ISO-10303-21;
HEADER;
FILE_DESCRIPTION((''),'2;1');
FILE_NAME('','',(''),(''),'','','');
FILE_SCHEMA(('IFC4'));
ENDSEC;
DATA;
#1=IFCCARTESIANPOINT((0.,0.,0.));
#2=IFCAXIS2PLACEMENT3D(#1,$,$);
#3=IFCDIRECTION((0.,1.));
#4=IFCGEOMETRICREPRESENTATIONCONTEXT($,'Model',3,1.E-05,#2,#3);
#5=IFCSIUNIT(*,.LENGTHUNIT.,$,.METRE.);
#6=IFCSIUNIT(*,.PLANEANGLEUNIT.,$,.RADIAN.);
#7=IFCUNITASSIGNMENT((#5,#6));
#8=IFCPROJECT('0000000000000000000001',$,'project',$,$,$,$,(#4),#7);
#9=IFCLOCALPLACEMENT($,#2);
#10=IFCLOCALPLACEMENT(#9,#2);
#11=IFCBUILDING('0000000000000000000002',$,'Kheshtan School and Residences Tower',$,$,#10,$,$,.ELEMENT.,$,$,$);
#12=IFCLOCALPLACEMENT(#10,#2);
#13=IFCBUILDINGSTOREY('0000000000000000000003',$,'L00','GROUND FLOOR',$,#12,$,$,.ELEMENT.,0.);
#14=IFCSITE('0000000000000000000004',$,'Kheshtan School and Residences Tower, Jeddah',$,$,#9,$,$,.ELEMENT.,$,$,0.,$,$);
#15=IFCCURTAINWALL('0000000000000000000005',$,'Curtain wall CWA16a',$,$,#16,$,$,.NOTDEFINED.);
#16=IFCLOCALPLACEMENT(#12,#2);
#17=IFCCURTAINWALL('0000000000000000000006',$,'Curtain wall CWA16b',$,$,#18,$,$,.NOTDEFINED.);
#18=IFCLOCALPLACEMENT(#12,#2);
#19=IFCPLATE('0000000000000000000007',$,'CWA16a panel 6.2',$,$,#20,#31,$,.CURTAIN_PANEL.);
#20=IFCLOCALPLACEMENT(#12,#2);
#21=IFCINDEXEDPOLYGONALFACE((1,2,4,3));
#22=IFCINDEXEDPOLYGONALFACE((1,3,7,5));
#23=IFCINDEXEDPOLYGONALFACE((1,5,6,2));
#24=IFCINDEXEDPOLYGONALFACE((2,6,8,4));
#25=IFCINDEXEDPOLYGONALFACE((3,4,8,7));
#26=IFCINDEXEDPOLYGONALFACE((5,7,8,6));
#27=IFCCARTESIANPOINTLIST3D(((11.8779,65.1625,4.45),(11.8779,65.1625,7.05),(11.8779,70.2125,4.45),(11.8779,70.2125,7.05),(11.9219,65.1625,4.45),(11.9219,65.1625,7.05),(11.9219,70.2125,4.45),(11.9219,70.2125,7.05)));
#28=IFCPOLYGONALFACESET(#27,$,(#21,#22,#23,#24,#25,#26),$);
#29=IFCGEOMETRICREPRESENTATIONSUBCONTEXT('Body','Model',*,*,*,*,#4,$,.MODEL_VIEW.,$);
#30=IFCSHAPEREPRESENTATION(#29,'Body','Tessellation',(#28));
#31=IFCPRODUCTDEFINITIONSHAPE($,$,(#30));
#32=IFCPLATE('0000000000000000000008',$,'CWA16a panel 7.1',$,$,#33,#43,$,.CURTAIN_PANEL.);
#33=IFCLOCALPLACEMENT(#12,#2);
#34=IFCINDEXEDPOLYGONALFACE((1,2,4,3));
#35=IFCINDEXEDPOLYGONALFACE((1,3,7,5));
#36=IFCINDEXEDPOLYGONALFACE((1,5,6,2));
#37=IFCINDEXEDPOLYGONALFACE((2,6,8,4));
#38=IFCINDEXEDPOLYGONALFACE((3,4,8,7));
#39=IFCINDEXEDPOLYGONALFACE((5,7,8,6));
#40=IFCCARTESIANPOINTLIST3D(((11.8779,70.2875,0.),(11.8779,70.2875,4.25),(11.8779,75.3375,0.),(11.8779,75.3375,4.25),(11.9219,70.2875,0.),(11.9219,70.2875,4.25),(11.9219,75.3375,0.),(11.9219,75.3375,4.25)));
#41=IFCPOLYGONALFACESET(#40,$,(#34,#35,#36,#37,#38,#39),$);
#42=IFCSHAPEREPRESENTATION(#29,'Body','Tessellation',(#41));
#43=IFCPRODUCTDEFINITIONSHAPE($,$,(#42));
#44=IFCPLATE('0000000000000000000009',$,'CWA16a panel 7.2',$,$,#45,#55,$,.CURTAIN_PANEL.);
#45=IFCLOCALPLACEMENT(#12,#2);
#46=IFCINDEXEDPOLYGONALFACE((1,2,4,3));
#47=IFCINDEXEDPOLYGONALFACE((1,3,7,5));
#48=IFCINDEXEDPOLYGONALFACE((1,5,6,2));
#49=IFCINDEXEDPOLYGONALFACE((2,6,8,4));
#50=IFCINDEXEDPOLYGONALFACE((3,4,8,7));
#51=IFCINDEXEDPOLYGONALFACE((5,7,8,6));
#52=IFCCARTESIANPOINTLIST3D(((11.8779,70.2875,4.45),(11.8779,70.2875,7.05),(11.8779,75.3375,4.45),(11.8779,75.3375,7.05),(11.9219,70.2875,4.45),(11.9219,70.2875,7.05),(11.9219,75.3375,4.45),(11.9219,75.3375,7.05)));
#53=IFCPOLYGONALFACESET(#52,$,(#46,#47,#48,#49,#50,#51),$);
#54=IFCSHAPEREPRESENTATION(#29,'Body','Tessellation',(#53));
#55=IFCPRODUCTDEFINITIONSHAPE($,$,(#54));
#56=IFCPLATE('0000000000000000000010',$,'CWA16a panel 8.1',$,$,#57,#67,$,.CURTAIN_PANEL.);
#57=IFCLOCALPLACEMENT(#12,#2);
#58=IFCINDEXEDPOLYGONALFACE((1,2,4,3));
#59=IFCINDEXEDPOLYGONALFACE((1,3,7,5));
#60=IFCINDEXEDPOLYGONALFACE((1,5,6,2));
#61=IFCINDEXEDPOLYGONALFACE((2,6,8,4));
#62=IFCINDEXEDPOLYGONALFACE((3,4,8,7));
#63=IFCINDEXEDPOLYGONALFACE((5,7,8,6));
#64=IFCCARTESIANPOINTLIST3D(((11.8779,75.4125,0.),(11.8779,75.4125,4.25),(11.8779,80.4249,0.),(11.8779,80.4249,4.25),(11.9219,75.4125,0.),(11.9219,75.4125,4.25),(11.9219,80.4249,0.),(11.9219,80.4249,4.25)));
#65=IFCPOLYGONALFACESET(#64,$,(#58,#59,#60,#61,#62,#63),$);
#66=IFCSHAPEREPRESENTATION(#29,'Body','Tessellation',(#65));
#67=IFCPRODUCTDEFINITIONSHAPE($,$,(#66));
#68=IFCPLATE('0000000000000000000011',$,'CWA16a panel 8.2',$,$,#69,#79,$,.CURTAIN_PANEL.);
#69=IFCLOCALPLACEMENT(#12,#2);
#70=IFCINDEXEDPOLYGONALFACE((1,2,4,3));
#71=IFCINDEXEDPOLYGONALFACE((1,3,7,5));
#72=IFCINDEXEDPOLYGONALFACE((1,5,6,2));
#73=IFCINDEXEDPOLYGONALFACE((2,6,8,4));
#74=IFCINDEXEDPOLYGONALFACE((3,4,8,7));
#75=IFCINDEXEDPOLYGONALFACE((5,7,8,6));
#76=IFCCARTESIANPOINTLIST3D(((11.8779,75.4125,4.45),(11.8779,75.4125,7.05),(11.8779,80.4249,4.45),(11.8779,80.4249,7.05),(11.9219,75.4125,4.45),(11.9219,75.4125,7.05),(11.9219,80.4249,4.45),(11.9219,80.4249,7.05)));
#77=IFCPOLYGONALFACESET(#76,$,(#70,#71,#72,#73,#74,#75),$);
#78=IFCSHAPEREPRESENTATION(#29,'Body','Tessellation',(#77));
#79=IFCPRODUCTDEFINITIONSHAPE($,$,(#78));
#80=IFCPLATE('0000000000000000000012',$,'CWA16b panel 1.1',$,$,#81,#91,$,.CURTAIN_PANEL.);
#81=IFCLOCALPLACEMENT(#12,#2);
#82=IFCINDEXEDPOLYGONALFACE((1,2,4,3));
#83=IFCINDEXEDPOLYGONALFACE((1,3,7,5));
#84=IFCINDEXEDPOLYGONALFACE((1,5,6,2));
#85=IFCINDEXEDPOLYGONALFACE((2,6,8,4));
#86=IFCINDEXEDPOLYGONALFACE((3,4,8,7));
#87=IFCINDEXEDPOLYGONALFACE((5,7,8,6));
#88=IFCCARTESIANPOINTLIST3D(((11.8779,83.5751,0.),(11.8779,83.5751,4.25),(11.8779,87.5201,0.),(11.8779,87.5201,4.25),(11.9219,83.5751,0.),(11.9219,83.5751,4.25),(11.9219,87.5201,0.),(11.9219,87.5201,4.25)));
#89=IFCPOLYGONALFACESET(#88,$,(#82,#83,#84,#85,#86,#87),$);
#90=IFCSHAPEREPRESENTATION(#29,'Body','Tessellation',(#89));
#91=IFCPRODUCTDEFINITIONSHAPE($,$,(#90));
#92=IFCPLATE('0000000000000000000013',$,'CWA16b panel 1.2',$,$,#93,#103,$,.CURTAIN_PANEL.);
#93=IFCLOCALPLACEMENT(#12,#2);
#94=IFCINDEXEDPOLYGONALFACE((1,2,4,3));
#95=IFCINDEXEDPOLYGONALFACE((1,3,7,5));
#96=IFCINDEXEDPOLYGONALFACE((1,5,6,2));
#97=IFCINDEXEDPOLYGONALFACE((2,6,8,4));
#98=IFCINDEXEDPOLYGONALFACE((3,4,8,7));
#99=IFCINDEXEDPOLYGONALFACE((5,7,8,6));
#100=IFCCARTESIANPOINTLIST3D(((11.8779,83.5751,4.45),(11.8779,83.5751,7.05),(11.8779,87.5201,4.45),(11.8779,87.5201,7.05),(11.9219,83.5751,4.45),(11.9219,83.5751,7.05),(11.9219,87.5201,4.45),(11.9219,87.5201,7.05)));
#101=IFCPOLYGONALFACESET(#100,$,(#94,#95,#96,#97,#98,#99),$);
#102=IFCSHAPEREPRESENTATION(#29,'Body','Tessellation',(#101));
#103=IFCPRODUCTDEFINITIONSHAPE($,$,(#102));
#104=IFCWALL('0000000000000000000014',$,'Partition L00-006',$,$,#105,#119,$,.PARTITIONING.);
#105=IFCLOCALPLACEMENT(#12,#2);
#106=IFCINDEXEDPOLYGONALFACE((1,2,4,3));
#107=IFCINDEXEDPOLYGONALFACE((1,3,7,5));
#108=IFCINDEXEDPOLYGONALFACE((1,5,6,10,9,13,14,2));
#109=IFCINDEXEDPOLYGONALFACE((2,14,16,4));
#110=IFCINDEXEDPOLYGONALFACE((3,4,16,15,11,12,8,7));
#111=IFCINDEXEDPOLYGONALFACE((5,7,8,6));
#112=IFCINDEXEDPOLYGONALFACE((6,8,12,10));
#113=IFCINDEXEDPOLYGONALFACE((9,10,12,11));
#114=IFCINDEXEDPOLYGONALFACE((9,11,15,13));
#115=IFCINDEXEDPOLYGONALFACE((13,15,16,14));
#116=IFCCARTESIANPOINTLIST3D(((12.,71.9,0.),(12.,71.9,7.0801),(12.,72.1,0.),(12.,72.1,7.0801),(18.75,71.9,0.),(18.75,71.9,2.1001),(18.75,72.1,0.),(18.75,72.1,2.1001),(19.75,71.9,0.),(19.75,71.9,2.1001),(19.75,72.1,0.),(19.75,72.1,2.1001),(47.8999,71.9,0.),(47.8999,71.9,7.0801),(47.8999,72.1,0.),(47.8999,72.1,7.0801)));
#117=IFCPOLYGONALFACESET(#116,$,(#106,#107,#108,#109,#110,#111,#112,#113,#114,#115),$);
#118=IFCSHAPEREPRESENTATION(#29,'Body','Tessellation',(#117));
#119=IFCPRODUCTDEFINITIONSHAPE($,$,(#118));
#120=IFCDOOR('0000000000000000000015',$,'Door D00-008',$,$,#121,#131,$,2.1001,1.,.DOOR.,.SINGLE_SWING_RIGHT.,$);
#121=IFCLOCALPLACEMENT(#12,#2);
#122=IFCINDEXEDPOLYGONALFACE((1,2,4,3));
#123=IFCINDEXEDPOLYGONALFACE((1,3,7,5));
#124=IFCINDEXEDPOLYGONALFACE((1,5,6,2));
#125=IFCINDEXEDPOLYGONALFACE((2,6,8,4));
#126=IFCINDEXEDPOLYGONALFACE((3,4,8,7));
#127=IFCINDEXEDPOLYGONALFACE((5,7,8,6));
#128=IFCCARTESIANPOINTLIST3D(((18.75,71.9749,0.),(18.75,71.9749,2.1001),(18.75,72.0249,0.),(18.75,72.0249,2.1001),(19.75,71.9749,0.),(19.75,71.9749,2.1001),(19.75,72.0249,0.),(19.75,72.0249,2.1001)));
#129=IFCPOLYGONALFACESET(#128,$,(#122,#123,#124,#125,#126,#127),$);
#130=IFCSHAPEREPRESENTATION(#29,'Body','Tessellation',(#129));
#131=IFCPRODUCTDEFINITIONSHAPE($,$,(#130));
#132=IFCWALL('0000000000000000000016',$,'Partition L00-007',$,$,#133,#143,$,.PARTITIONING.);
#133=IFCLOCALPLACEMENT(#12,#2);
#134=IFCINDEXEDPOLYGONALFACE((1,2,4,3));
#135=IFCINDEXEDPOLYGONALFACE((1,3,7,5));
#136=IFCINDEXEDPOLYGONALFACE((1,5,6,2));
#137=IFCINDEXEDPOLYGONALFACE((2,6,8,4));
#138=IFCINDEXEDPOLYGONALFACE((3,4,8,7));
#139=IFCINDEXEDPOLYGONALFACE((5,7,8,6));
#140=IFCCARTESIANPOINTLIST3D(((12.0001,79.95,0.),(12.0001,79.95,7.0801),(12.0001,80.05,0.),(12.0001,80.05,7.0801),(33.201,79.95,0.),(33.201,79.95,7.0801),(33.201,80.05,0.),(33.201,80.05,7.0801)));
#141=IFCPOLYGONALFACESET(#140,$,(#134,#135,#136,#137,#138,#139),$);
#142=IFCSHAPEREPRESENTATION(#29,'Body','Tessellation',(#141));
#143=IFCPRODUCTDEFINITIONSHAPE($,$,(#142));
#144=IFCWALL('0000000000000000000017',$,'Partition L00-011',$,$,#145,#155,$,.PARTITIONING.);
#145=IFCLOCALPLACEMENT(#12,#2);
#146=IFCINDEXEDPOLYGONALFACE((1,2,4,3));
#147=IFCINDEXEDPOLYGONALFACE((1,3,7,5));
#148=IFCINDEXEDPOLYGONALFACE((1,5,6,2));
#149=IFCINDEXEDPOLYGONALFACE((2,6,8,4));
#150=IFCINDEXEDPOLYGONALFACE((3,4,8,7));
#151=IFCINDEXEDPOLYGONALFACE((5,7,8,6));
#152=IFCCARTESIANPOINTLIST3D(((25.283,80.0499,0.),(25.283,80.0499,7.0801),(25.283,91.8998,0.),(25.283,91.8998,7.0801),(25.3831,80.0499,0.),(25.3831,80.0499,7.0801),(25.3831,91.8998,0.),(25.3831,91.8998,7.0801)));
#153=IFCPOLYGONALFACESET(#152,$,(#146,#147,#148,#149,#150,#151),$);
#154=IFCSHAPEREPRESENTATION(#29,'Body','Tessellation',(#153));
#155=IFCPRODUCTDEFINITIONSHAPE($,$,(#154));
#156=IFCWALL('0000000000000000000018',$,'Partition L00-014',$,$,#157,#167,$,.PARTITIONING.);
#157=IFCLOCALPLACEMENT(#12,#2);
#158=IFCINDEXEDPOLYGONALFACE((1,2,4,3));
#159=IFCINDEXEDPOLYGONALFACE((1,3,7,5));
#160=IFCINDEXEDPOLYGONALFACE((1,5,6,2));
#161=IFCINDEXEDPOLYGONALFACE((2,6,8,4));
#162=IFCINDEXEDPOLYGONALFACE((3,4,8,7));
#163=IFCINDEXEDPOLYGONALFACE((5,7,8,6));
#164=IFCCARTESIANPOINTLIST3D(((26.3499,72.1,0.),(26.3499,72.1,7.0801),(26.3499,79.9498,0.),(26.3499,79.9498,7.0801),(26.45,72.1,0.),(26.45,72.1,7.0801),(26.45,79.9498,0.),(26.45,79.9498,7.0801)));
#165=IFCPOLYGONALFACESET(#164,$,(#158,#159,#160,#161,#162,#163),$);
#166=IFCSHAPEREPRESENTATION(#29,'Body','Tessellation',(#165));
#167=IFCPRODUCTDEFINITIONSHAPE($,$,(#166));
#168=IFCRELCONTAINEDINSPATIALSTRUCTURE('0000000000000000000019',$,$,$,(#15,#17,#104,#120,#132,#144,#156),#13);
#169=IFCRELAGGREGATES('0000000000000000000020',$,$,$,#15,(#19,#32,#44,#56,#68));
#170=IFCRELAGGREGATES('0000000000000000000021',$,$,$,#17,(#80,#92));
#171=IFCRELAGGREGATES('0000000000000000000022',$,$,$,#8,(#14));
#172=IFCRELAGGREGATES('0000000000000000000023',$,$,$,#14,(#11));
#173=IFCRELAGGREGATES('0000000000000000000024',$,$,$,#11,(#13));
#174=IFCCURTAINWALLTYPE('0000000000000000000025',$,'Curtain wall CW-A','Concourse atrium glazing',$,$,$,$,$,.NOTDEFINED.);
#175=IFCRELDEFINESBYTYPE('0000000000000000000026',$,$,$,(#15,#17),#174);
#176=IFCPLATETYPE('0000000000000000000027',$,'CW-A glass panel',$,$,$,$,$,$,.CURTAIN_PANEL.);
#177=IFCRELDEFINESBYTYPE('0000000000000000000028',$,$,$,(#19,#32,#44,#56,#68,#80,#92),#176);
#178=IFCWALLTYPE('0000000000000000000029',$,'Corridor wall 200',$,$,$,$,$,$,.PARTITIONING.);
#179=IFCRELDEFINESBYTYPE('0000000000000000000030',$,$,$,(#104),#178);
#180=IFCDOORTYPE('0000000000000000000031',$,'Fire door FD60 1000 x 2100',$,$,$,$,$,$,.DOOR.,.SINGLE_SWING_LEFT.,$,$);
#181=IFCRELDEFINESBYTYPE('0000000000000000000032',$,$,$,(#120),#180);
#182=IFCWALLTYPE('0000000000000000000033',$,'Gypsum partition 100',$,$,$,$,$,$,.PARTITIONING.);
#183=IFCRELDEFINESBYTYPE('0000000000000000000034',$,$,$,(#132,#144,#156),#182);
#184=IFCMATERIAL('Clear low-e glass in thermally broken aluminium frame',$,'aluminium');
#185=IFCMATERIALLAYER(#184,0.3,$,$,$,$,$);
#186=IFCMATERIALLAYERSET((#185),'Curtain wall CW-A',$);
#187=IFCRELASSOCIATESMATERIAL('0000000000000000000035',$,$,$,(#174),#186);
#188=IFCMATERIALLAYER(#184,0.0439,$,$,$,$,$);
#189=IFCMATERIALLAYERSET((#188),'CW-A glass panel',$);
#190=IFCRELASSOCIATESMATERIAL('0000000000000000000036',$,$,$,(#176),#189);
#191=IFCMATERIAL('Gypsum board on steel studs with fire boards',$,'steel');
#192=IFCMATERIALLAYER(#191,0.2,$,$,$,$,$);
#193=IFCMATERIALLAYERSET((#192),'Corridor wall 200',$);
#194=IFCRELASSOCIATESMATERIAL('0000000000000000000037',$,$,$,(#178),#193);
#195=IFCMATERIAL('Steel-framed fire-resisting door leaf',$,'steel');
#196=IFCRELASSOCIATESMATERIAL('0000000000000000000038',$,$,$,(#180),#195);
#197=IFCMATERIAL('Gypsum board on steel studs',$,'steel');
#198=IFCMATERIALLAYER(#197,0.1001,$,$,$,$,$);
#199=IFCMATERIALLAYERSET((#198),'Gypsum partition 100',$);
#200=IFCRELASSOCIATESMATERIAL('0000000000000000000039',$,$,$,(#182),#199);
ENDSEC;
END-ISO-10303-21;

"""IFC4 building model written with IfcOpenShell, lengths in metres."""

from ifc_helpers import new_model, si_unit, direction, frame, frame_2d, origin, origin_2d, place, context, subcontext, project, spatial, rectangle, extrude, source, transform, mapped, material, layer, layer_set, type_object, element, fill, aggregate, save


model = new_model("IFC4")

# Units and contexts
model_context = context("Model", 3, precision=1e-05, world=origin(), true_north=direction((0.0, 1.0)))
body_context = subcontext(model_context, "Body", "Model", "MODEL_VIEW")
ifc_project = project(units=[si_unit("LENGTHUNIT", "METRE"), si_unit("PLANEANGLEUNIT", "RADIAN")], contexts=[model_context])

# Site, building, storey
site_placement = place(None, origin())
site = spatial("IfcSite", under=ifc_project, at=site_placement, Name="Kheshtan School and Residences Tower, Jeddah", CompositionType="ELEMENT", RefElevation=0.0)
building_placement = place(site_placement, origin())
building = spatial("IfcBuilding", under=site, at=building_placement, Name="Kheshtan School and Residences Tower", CompositionType="ELEMENT")
storey_placement = place(building_placement, origin())
storey = spatial("IfcBuildingStorey", under=building, at=storey_placement, Name="L00", Description="GROUND FLOOR", CompositionType="ELEMENT", Elevation=0.0)

# Curtain walls
ifc_material_1 = material(Name="Clear low-e glass in thermally broken aluminium frame", Category="aluminium")
ifc_layer_1 = layer(ifc_material_1, 0.3)
ifc_layer_set_1 = layer_set([ifc_layer_1], Name="Curtain wall CW-A")
curtain_wall_type = type_object("IfcCurtainWallType", Name="Curtain wall CW-A", Description="Concourse atrium glazing", PredefinedType="NOTDEFINED", material=ifc_layer_set_1)
curtain_wall_1_placement = place(storey_placement, origin())
curtain_wall_1 = element("IfcCurtainWall", 1, at=curtain_wall_1_placement, inside=storey, type_object=curtain_wall_type, Name="Curtain wall CWA16a", PredefinedType="NOTDEFINED")
curtain_wall_2_placement = place(storey_placement, origin())
curtain_wall_2 = element("IfcCurtainWall", 2, at=curtain_wall_2_placement, inside=storey, type_object=curtain_wall_type, Name="Curtain wall CWA16b", PredefinedType="NOTDEFINED")

# Plates
ifc_layer_2 = layer(ifc_material_1, 0.0439)
ifc_layer_set_2 = layer_set([ifc_layer_2], Name="CW-A glass panel")
plate_type = type_object("IfcPlateType", Name="CW-A glass panel", PredefinedType="CURTAIN_PANEL", material=ifc_layer_set_2)
plate_1_placement = place(storey_placement, frame((11.8999, 67.6875, 4.45), z_axis=(0.0, 0.0, 1.0), x_axis=(0.0, 1.0, 0.0)))
plate_1 = element("IfcPlate", 3, at=plate_1_placement, type_object=plate_type, Name="CWA16a panel 6.2", PredefinedType="CURTAIN_PANEL", context=body_context, shape_type="SweptSolid", body=[
    extrude(rectangle(XDim=5.05, YDim=0.0439, at=origin_2d()), origin(), (0.0, 0.0, 1.0), 2.6001),
])
plate_2_placement = place(storey_placement, frame((11.8999, 72.8125, 0.0), z_axis=(0.0, 0.0, 1.0), x_axis=(0.0, 1.0, 0.0)))
plate_2 = element("IfcPlate", 4, at=plate_2_placement, type_object=plate_type, Name="CWA16a panel 7.1", PredefinedType="CURTAIN_PANEL", context=body_context, shape_type="SweptSolid", body=[
    extrude(rectangle(XDim=5.05, YDim=0.0439, at=origin_2d()), origin(), (0.0, 0.0, 1.0), 4.25),
])
plate_3_placement = place(storey_placement, frame((11.8999, 72.8125, 4.45), z_axis=(0.0, 0.0, 1.0), x_axis=(0.0, 1.0, 0.0)))
plate_3 = element("IfcPlate", 5, at=plate_3_placement, type_object=plate_type, Name="CWA16a panel 7.2", PredefinedType="CURTAIN_PANEL", context=body_context, shape_type="SweptSolid", body=[
    extrude(rectangle(XDim=5.05, YDim=0.0439, at=origin_2d()), origin(), (0.0, 0.0, 1.0), 2.6001),
])
plate_4_placement = place(storey_placement, frame((11.8999, 77.9187, 0.0), z_axis=(0.0, 0.0, 1.0), x_axis=(0.0, 1.0, 0.0)))
plate_4 = element("IfcPlate", 6, at=plate_4_placement, type_object=plate_type, Name="CWA16a panel 8.1", PredefinedType="CURTAIN_PANEL", context=body_context, shape_type="SweptSolid", body=[
    extrude(rectangle(XDim=5.0125, YDim=0.0439, at=origin_2d()), origin(), (0.0, 0.0, 1.0), 4.25),
])
plate_5_placement = place(storey_placement, frame((11.8999, 77.9187, 4.45), z_axis=(0.0, 0.0, 1.0), x_axis=(0.0, 1.0, 0.0)))
plate_5 = element("IfcPlate", 7, at=plate_5_placement, type_object=plate_type, Name="CWA16a panel 8.2", PredefinedType="CURTAIN_PANEL", context=body_context, shape_type="SweptSolid", body=[
    extrude(rectangle(XDim=5.0125, YDim=0.0439, at=origin_2d()), origin(), (0.0, 0.0, 1.0), 2.6001),
])
aggregate(curtain_wall_1, [plate_1, plate_2, plate_3, plate_4, plate_5])
plate_6_placement = place(storey_placement, frame((11.8999, 85.5476, 0.0), z_axis=(0.0, 0.0, 1.0), x_axis=(0.0, 1.0, 0.0)))
plate_6 = element("IfcPlate", 8, at=plate_6_placement, type_object=plate_type, Name="CWA16b panel 1.1", PredefinedType="CURTAIN_PANEL", context=body_context, shape_type="SweptSolid", body=[
    extrude(rectangle(XDim=3.9451, YDim=0.0439, at=origin_2d()), origin(), (0.0, 0.0, 1.0), 4.25),
])
plate_7_placement = place(storey_placement, frame((11.8999, 85.5476, 4.45), z_axis=(0.0, 0.0, 1.0), x_axis=(0.0, 1.0, 0.0)))
plate_7 = element("IfcPlate", 9, at=plate_7_placement, type_object=plate_type, Name="CWA16b panel 1.2", PredefinedType="CURTAIN_PANEL", context=body_context, shape_type="SweptSolid", body=[
    extrude(rectangle(XDim=3.9451, YDim=0.0439, at=origin_2d()), origin(), (0.0, 0.0, 1.0), 2.6001),
])
aggregate(curtain_wall_2, [plate_6, plate_7])

# Wall, opening, door
ifc_material_2 = material(Name="Gypsum board on steel studs with fire boards", Category="steel")
ifc_layer_3 = layer(ifc_material_2, 0.2)
ifc_layer_set_3 = layer_set([ifc_layer_3], Name="Corridor wall 200")
wall_type_1 = type_object("IfcWallType", Name="Corridor wall 200", PredefinedType="PARTITIONING", material=ifc_layer_set_3)
wall_1_placement = place(storey_placement, frame((12.0, 72.0, 0.0), z_axis=(0.0, 0.0, 1.0), x_axis=(1.0, 0.0, 0.0)))
wall_1 = element("IfcWall", 10, at=wall_1_placement, inside=storey, type_object=wall_type_1, Name="Partition L00-006", PredefinedType="PARTITIONING", context=body_context, shape_type="SweptSolid", body=[
    extrude(rectangle(XDim=35.8999, YDim=0.2, at=frame_2d((17.95, 0.0))), origin(), (0.0, 0.0, 1.0), 7.0801),
])
opening_1_placement = place(wall_1_placement, frame((6.75, 0.0, 0.0)))
opening_1 = element("IfcOpeningElement", 11, at=opening_1_placement, cuts=wall_1, PredefinedType="OPENING", context=body_context, shape_type="SweptSolid", body=[
    extrude(rectangle(XDim=1.0, YDim=2.1001, at=frame_2d((0.5, 1.05))), frame((0.0, 0.1099, 0.0), z_axis=(0.0, -1.0, 0.0), x_axis=(1.0, 0.0, 0.0)), (0.0, 0.0, 1.0), 0.22),
])
ifc_material_3 = material(Name="Steel-framed fire-resisting door leaf", Category="steel")
door_type_1 = type_object("IfcDoorType", Name="Fire door FD60 1000 x 2100", OperationType="SINGLE_SWING_LEFT", PredefinedType="DOOR", material=ifc_material_3)
shared_shape_1 = source(origin(), body_context, "Body", "SweptSolid", [
    extrude(rectangle(XDim=1.0, YDim=2.1001, at=frame_2d((0.5, 1.05))), frame((0.0, 0.0249, 0.0), z_axis=(0.0, -1.0, 0.0), x_axis=(1.0, 0.0, 0.0)), (0.0, 0.0, 1.0), 0.05),
])
door_1_placement = place(opening_1_placement, origin())
door_1 = element("IfcDoor", 12, at=door_1_placement, inside=storey, type_object=door_type_1, Name="Door D00-008", OperationType="SINGLE_SWING_RIGHT", OverallHeight=2.1001, OverallWidth=1.0, PredefinedType="DOOR", context=body_context, shape_type="MappedRepresentation", body=[
    mapped(shared_shape_1, transform((0.0, 0.0, 0.0), x_axis=(1.0, 0.0, 0.0), y_axis=(0.0, 1.0, 0.0), z_axis=(0.0, 0.0, 1.0), scale=1.0)),
])
fill(opening_1, door_1)

# Walls
ifc_material_4 = material(Name="Gypsum board on steel studs", Category="steel")
ifc_layer_4 = layer(ifc_material_4, 0.1001)
ifc_layer_set_4 = layer_set([ifc_layer_4], Name="Gypsum partition 100")
wall_type_2 = type_object("IfcWallType", Name="Gypsum partition 100", PredefinedType="PARTITIONING", material=ifc_layer_set_4)
wall_2_placement = place(storey_placement, frame((12.0, 80.0, 0.0), z_axis=(0.0, 0.0, 1.0), x_axis=(1.0, 0.0, 0.0)))
element("IfcWall", 13, at=wall_2_placement, inside=storey, type_object=wall_type_2, Name="Partition L00-007", PredefinedType="PARTITIONING", context=body_context, shape_type="SweptSolid", body=[
    extrude(rectangle(XDim=21.2009, YDim=0.1001, at=frame_2d((10.6006, 0.0))), origin(), (0.0, 0.0, 1.0), 7.0801),
])
wall_3_placement = place(storey_placement, frame((25.333, 80.05, 0.0), z_axis=(0.0, 0.0, 1.0), x_axis=(0.0, 1.0, 0.0)))
element("IfcWall", 14, at=wall_3_placement, inside=storey, type_object=wall_type_2, Name="Partition L00-011", PredefinedType="PARTITIONING", context=body_context, shape_type="SweptSolid", body=[
    extrude(rectangle(XDim=11.8499, YDim=0.1001, at=frame_2d((5.9248, 0.0))), origin(), (0.0, 0.0, 1.0), 7.0801),
])
wall_4_placement = place(storey_placement, frame((26.3999, 72.1001, 0.0), z_axis=(0.0, 0.0, 1.0), x_axis=(0.0, 1.0, 0.0)))
element("IfcWall", 15, at=wall_4_placement, inside=storey, type_object=wall_type_2, Name="Partition L00-014", PredefinedType="PARTITIONING", context=body_context, shape_type="SweptSolid", body=[
    extrude(rectangle(XDim=7.8499, YDim=0.1001, at=frame_2d((3.9248, 0.0))), origin(), (0.0, 0.0, 1.0), 7.0801),
])

save(model, "model.ifc")
